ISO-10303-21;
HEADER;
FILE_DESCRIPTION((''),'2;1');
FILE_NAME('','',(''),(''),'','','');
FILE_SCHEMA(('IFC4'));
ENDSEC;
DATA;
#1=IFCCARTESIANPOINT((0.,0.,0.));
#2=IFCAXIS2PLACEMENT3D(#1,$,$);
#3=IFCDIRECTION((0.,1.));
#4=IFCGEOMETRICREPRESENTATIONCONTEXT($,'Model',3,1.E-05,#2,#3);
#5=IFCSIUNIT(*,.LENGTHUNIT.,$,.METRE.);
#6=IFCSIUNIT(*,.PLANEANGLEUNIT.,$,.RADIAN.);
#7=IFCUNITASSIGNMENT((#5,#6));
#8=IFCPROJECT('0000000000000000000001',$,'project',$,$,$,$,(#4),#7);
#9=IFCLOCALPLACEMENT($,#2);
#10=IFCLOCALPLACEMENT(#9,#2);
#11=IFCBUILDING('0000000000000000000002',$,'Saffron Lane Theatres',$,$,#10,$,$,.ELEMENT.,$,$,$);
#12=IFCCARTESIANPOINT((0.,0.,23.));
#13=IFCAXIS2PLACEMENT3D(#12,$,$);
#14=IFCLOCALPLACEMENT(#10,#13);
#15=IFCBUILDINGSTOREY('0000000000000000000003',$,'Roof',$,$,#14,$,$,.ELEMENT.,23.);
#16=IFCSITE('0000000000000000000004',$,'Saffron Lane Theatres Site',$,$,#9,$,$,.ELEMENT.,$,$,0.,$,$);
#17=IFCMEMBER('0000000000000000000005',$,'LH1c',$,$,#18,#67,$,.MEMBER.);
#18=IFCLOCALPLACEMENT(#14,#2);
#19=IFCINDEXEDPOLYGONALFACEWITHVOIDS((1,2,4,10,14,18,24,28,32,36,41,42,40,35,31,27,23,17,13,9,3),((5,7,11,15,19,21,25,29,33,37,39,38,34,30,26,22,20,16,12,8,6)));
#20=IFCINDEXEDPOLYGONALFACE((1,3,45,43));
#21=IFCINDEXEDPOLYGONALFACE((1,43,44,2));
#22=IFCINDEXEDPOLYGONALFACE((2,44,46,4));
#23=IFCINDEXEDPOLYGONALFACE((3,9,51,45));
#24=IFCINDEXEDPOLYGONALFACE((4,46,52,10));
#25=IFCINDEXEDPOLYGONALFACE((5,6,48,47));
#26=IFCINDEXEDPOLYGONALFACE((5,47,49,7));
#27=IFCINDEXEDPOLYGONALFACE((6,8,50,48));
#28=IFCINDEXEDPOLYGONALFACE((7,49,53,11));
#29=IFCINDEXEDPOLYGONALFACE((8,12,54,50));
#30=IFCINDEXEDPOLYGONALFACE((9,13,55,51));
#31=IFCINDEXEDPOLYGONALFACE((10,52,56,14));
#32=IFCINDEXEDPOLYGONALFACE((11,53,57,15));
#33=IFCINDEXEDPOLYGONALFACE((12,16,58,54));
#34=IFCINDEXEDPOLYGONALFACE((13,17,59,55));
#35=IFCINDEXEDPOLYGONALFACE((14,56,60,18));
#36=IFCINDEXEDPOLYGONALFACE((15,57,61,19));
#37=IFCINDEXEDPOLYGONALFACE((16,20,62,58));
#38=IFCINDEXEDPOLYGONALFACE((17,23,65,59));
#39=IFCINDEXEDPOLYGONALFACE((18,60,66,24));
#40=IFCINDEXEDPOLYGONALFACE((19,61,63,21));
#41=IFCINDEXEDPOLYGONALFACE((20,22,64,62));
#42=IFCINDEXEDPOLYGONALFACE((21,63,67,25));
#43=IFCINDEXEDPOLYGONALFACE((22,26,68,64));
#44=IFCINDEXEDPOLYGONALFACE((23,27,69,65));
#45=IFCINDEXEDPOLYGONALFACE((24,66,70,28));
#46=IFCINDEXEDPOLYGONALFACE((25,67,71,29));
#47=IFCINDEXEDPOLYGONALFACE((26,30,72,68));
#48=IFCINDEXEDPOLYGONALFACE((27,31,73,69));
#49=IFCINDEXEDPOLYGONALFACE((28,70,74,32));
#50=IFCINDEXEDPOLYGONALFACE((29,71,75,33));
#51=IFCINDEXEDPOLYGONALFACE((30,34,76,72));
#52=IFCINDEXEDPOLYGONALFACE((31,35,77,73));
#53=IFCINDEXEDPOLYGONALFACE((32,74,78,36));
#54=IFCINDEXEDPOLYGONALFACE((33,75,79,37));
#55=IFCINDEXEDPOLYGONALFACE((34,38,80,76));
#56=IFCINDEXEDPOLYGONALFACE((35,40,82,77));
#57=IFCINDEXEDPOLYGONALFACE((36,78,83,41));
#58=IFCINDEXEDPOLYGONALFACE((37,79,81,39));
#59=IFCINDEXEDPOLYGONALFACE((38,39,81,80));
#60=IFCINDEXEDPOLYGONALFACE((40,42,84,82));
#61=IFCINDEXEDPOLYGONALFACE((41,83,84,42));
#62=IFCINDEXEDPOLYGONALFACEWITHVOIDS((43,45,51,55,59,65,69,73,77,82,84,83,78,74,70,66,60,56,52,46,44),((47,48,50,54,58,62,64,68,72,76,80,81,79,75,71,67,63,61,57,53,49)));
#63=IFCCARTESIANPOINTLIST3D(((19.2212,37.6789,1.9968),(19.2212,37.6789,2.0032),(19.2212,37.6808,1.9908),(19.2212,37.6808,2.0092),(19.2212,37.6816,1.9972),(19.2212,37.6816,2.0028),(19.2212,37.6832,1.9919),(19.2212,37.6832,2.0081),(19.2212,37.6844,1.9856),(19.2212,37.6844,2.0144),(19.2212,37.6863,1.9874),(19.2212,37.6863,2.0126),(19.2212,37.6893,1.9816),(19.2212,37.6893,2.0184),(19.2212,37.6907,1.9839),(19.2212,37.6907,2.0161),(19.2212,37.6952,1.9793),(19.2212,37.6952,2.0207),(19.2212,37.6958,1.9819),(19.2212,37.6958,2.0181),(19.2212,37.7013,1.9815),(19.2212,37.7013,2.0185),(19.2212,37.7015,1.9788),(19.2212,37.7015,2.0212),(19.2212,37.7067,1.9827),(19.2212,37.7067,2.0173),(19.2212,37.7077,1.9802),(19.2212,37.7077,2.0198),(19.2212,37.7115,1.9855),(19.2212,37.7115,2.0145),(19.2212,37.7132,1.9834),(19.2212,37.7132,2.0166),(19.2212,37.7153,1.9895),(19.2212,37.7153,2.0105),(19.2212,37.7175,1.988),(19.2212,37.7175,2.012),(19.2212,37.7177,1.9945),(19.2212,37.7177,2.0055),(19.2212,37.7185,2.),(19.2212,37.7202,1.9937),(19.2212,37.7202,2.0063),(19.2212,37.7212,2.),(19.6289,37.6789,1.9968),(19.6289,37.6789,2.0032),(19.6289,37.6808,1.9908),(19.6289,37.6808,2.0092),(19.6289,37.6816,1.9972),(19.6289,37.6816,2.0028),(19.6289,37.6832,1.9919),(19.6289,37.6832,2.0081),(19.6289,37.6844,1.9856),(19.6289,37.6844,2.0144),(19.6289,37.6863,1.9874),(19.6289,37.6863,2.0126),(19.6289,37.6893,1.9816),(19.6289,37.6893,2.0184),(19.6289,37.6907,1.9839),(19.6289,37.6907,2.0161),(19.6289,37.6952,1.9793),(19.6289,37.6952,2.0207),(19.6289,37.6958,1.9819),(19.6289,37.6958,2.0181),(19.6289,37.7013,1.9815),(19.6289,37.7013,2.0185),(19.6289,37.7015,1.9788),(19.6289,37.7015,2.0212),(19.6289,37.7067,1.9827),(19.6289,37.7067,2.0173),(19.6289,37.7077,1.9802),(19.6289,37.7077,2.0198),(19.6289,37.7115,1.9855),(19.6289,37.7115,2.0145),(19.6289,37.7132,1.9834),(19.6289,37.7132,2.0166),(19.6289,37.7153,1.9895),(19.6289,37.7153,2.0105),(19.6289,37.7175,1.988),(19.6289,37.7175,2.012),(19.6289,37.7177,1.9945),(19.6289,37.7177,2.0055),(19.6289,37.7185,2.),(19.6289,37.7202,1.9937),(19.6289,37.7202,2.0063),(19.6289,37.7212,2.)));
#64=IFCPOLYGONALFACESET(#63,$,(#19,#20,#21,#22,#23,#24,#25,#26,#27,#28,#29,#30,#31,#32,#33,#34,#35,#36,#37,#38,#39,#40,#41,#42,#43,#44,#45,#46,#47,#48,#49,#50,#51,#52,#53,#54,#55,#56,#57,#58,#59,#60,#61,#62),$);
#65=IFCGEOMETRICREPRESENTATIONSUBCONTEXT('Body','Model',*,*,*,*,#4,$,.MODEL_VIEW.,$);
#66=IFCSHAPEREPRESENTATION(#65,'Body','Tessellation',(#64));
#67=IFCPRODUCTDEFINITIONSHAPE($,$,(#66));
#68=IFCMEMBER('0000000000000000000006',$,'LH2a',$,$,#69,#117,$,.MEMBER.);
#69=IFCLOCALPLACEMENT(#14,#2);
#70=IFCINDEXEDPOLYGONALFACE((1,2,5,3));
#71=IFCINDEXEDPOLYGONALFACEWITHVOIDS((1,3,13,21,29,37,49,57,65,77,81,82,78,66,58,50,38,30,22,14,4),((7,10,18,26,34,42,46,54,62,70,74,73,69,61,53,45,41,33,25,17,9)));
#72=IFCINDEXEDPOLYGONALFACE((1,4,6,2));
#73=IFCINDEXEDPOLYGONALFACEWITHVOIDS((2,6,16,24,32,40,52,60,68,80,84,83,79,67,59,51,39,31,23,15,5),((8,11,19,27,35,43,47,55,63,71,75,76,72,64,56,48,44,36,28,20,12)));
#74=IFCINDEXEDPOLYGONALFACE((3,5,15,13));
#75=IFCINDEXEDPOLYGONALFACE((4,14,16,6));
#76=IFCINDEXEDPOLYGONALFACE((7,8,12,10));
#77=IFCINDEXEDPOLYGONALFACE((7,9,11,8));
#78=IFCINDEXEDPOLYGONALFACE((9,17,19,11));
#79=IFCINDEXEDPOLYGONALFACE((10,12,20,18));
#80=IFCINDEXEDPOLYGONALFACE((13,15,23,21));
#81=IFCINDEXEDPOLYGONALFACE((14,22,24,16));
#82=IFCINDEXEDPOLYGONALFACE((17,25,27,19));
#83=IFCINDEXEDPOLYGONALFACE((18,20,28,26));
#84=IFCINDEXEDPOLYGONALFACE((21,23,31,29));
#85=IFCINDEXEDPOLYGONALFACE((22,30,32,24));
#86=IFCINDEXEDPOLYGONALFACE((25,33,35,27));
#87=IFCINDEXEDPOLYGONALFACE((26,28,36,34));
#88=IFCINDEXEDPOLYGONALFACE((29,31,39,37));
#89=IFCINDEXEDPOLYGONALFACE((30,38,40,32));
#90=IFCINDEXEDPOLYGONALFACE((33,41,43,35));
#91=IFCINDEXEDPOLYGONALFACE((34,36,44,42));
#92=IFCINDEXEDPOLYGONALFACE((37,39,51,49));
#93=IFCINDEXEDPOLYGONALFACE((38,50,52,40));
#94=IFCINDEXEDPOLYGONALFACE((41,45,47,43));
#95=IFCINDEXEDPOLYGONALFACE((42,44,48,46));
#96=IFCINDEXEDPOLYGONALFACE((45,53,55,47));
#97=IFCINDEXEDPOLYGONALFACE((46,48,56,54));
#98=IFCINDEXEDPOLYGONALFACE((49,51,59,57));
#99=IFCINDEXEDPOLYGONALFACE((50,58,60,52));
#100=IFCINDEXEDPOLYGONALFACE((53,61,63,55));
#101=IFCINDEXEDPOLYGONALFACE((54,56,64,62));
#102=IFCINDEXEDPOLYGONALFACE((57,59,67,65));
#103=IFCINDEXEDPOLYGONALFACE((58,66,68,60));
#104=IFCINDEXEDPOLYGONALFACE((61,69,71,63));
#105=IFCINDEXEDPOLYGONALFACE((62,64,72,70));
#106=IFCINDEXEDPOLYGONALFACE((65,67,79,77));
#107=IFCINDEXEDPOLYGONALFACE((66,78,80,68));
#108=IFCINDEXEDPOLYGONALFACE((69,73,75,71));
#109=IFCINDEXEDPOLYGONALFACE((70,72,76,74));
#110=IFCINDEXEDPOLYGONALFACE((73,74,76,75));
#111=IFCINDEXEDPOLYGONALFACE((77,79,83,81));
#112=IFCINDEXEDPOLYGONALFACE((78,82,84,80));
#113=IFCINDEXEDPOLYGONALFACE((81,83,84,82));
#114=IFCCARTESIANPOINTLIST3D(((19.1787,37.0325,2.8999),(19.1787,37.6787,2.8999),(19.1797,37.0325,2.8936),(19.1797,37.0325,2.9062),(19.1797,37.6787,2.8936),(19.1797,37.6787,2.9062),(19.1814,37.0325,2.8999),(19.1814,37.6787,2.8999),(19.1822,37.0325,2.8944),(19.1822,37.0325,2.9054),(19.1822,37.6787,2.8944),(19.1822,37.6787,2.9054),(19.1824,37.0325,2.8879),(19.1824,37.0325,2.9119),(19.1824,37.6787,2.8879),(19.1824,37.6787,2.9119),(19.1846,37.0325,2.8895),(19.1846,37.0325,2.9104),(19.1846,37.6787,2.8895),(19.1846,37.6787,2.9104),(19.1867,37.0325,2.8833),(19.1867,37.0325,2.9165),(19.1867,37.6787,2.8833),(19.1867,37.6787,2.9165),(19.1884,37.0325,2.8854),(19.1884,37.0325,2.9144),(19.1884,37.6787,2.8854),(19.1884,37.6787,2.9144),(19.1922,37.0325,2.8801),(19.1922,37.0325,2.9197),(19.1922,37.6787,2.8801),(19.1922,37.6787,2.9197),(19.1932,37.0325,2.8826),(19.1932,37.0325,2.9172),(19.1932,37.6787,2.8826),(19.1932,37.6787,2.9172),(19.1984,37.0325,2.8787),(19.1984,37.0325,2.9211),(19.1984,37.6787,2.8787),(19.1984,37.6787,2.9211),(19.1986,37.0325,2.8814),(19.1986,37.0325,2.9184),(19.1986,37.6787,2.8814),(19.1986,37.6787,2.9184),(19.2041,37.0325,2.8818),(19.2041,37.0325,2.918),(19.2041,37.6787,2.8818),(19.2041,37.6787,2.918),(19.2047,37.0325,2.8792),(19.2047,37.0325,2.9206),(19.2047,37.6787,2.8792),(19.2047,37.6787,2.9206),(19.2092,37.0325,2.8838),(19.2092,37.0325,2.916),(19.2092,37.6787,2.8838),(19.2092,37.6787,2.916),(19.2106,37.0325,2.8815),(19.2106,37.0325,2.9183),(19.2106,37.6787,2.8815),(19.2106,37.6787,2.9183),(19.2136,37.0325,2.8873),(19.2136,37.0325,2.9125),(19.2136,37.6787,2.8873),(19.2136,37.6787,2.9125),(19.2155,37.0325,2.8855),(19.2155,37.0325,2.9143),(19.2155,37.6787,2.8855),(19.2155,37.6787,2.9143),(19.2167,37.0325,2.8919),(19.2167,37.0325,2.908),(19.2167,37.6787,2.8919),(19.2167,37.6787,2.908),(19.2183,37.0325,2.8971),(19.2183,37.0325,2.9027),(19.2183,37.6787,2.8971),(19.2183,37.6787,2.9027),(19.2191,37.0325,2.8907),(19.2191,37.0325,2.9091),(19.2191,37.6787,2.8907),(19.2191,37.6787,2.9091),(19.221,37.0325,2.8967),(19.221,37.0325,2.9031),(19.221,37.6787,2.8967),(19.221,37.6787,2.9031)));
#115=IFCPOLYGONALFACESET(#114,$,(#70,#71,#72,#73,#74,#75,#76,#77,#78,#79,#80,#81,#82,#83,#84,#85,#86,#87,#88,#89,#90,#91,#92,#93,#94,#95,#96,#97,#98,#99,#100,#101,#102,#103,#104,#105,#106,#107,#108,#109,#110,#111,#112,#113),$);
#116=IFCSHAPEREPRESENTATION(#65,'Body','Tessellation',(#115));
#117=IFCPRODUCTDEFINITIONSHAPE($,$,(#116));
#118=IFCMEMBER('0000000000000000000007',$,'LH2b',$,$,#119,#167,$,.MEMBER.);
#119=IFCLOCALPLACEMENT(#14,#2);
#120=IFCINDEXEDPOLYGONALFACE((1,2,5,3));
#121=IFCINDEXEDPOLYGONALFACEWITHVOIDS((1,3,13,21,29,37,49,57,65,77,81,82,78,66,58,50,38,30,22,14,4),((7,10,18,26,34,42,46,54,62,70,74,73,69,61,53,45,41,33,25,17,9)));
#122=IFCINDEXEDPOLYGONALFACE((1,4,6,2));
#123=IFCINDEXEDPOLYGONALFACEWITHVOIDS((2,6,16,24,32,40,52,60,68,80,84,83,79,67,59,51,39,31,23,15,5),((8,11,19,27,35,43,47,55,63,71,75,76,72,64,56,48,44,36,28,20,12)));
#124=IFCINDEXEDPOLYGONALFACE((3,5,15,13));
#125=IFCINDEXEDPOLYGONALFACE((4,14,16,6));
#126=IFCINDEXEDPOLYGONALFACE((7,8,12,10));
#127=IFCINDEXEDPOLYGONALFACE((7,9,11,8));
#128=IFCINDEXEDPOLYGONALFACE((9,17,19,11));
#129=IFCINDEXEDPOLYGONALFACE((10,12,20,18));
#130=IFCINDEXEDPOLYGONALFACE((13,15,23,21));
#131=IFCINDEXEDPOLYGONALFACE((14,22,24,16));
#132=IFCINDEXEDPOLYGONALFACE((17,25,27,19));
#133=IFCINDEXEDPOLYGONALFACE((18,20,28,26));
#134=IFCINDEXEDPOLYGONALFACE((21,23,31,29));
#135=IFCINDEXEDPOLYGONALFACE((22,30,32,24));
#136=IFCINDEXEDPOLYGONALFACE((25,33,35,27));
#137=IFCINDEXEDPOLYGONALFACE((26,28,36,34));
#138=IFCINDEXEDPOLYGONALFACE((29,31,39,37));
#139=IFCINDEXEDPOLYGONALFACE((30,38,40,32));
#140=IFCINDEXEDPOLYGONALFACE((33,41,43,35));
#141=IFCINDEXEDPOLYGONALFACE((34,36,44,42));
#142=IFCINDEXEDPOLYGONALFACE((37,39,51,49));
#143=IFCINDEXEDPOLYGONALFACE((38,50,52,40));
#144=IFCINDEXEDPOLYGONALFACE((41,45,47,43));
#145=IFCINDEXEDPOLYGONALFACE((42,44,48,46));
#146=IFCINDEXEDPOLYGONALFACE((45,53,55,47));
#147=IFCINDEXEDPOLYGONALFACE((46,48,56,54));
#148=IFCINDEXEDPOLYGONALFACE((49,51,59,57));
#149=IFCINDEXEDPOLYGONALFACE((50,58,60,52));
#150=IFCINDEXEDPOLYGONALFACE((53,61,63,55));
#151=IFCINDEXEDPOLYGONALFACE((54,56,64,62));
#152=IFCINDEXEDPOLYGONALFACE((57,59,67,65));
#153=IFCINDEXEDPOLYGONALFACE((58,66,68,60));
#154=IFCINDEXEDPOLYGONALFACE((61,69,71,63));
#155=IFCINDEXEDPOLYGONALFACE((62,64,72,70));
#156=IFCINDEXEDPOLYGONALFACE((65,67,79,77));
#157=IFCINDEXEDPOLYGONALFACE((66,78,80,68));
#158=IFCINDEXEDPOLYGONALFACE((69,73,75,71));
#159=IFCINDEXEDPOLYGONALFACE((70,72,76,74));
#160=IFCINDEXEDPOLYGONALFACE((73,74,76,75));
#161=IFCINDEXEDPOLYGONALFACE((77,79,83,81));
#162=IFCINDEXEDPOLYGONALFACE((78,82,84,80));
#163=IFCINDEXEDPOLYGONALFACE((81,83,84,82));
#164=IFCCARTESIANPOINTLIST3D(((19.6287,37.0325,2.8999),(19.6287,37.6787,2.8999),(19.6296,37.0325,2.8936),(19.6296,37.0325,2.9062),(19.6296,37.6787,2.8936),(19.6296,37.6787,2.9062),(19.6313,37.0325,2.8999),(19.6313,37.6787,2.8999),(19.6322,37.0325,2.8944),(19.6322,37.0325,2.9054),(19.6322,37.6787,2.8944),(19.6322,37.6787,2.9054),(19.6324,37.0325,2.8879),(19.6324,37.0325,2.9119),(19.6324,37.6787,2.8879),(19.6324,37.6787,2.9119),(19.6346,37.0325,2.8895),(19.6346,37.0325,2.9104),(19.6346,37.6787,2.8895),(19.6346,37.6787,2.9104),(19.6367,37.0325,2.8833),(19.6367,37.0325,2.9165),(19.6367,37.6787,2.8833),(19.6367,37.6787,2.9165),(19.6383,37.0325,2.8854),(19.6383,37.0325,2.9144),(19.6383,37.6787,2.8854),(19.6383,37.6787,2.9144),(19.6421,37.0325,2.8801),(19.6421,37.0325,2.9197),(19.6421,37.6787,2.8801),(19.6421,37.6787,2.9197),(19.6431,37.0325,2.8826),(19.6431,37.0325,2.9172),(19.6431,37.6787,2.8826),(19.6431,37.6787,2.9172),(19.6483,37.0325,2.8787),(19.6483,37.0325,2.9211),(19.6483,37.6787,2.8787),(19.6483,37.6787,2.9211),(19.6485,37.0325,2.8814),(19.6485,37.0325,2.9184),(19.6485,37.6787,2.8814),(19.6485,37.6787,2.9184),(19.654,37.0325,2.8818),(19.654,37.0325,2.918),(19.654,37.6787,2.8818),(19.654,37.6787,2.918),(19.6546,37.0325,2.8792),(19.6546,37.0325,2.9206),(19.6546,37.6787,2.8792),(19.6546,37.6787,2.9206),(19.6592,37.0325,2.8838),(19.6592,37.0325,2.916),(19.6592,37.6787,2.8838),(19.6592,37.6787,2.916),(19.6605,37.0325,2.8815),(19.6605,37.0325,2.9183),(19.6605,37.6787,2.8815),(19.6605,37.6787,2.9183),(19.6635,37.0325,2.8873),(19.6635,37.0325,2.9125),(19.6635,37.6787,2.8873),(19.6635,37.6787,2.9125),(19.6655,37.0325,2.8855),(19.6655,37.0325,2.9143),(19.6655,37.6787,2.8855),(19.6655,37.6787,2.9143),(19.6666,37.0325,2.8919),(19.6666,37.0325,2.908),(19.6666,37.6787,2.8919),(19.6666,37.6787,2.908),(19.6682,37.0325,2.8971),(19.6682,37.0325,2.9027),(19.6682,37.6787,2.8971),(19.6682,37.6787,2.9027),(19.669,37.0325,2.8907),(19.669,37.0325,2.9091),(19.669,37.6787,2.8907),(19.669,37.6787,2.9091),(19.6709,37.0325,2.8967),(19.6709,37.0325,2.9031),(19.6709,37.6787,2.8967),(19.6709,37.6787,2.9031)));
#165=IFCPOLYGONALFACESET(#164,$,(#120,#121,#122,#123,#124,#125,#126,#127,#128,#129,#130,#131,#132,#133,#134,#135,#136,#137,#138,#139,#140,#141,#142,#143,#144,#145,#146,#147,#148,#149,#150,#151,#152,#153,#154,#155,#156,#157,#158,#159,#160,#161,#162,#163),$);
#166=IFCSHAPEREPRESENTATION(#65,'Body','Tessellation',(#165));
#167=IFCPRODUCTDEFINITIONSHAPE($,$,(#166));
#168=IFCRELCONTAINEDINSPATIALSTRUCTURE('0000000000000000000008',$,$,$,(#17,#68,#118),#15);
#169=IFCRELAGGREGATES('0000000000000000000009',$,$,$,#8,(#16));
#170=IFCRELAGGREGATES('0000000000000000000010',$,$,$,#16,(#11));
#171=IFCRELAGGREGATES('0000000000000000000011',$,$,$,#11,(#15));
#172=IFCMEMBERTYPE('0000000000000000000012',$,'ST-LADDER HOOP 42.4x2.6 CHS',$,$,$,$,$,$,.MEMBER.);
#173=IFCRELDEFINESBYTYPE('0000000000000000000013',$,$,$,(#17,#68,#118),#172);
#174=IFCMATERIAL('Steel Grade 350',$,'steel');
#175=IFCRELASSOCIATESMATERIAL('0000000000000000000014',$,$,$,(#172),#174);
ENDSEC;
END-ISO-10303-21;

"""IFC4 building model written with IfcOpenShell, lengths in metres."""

from ifc_helpers import new_model, si_unit, direction, frame, origin, origin_2d, place, context, subcontext, project, spatial, hollow_circle, extrude, material, material_profile, profile_set, type_object, element, save


model = new_model("IFC4")

# Units and contexts
model_context = context("Model", 3, precision=1e-05, world=origin(), true_north=direction((0.0, 1.0)))
body_context = subcontext(model_context, "Body", "Model", "MODEL_VIEW")
ifc_project = project(units=[si_unit("LENGTHUNIT", "METRE"), si_unit("PLANEANGLEUNIT", "RADIAN")], contexts=[model_context])

# Site, building, storey
site_placement = place(None, origin())
site = spatial("IfcSite", under=ifc_project, at=site_placement, Name="Saffron Lane Theatres Site", CompositionType="ELEMENT", RefElevation=0.0)
building_placement = place(site_placement, origin())
building = spatial("IfcBuilding", under=site, at=building_placement, Name="Saffron Lane Theatres", CompositionType="ELEMENT")
storey_placement = place(building_placement, frame((0.0, 0.0, 23.0)))
storey = spatial("IfcBuildingStorey", under=building, at=storey_placement, Name="Roof", CompositionType="ELEMENT", Elevation=23.0)

# Members
ifc_material_1 = material(Name="Steel Grade 350", Category="steel")
ifc_material_profile_1 = material_profile(ifc_material_1, hollow_circle(Radius=0.0212, WallThickness=0.0027, at=origin_2d()))
ifc_profile_set_1 = profile_set([ifc_material_profile_1], Name="Steel Grade 350")
member_type_1 = type_object("IfcMemberType", Name="ST-LADDER HOOP 42.4x2.6 CHS", PredefinedType="MEMBER", material=ifc_profile_set_1)
member_placement = place(storey_placement, frame((19.2212, 37.7, 2.0), z_axis=(1.0, 0.0, 0.0), x_axis=(0.0, 1.0, 0.0)))
element("IfcMember", 1, at=member_placement, inside=storey, type_object=member_type_1, Name="LH1c", PredefinedType="MEMBER", context=body_context, shape_type="SweptSolid", body=[
    extrude(hollow_circle(Radius=0.0212, WallThickness=0.0027, at=origin_2d()), origin(), (0.0, 0.0, 1.0), 0.4077),
])
for number, where, z_axis, x_axis, name in (
    (2, (19.2, 37.0325, 2.8999), (0.0, 1.0, 0.0), (-1.0, 0.0, 0.0), "LH2a"),
    (3, (19.6499, 37.0325, 2.8999), (0.0, 1.0, 0.0), (-1.0, 0.0, 0.0), "LH2b"),
):
    element("IfcMember", number, at=place(storey_placement, frame(where, z_axis=z_axis, x_axis=x_axis)), inside=storey, type_object=member_type_1, Name=name, PredefinedType="MEMBER", context=body_context, shape_type="SweptSolid", body=[
        extrude(hollow_circle(Radius=0.0212, WallThickness=0.0027, at=origin_2d()), origin(), (0.0, 0.0, 1.0), 0.6462),
    ])

save(model, "model.ifc")
